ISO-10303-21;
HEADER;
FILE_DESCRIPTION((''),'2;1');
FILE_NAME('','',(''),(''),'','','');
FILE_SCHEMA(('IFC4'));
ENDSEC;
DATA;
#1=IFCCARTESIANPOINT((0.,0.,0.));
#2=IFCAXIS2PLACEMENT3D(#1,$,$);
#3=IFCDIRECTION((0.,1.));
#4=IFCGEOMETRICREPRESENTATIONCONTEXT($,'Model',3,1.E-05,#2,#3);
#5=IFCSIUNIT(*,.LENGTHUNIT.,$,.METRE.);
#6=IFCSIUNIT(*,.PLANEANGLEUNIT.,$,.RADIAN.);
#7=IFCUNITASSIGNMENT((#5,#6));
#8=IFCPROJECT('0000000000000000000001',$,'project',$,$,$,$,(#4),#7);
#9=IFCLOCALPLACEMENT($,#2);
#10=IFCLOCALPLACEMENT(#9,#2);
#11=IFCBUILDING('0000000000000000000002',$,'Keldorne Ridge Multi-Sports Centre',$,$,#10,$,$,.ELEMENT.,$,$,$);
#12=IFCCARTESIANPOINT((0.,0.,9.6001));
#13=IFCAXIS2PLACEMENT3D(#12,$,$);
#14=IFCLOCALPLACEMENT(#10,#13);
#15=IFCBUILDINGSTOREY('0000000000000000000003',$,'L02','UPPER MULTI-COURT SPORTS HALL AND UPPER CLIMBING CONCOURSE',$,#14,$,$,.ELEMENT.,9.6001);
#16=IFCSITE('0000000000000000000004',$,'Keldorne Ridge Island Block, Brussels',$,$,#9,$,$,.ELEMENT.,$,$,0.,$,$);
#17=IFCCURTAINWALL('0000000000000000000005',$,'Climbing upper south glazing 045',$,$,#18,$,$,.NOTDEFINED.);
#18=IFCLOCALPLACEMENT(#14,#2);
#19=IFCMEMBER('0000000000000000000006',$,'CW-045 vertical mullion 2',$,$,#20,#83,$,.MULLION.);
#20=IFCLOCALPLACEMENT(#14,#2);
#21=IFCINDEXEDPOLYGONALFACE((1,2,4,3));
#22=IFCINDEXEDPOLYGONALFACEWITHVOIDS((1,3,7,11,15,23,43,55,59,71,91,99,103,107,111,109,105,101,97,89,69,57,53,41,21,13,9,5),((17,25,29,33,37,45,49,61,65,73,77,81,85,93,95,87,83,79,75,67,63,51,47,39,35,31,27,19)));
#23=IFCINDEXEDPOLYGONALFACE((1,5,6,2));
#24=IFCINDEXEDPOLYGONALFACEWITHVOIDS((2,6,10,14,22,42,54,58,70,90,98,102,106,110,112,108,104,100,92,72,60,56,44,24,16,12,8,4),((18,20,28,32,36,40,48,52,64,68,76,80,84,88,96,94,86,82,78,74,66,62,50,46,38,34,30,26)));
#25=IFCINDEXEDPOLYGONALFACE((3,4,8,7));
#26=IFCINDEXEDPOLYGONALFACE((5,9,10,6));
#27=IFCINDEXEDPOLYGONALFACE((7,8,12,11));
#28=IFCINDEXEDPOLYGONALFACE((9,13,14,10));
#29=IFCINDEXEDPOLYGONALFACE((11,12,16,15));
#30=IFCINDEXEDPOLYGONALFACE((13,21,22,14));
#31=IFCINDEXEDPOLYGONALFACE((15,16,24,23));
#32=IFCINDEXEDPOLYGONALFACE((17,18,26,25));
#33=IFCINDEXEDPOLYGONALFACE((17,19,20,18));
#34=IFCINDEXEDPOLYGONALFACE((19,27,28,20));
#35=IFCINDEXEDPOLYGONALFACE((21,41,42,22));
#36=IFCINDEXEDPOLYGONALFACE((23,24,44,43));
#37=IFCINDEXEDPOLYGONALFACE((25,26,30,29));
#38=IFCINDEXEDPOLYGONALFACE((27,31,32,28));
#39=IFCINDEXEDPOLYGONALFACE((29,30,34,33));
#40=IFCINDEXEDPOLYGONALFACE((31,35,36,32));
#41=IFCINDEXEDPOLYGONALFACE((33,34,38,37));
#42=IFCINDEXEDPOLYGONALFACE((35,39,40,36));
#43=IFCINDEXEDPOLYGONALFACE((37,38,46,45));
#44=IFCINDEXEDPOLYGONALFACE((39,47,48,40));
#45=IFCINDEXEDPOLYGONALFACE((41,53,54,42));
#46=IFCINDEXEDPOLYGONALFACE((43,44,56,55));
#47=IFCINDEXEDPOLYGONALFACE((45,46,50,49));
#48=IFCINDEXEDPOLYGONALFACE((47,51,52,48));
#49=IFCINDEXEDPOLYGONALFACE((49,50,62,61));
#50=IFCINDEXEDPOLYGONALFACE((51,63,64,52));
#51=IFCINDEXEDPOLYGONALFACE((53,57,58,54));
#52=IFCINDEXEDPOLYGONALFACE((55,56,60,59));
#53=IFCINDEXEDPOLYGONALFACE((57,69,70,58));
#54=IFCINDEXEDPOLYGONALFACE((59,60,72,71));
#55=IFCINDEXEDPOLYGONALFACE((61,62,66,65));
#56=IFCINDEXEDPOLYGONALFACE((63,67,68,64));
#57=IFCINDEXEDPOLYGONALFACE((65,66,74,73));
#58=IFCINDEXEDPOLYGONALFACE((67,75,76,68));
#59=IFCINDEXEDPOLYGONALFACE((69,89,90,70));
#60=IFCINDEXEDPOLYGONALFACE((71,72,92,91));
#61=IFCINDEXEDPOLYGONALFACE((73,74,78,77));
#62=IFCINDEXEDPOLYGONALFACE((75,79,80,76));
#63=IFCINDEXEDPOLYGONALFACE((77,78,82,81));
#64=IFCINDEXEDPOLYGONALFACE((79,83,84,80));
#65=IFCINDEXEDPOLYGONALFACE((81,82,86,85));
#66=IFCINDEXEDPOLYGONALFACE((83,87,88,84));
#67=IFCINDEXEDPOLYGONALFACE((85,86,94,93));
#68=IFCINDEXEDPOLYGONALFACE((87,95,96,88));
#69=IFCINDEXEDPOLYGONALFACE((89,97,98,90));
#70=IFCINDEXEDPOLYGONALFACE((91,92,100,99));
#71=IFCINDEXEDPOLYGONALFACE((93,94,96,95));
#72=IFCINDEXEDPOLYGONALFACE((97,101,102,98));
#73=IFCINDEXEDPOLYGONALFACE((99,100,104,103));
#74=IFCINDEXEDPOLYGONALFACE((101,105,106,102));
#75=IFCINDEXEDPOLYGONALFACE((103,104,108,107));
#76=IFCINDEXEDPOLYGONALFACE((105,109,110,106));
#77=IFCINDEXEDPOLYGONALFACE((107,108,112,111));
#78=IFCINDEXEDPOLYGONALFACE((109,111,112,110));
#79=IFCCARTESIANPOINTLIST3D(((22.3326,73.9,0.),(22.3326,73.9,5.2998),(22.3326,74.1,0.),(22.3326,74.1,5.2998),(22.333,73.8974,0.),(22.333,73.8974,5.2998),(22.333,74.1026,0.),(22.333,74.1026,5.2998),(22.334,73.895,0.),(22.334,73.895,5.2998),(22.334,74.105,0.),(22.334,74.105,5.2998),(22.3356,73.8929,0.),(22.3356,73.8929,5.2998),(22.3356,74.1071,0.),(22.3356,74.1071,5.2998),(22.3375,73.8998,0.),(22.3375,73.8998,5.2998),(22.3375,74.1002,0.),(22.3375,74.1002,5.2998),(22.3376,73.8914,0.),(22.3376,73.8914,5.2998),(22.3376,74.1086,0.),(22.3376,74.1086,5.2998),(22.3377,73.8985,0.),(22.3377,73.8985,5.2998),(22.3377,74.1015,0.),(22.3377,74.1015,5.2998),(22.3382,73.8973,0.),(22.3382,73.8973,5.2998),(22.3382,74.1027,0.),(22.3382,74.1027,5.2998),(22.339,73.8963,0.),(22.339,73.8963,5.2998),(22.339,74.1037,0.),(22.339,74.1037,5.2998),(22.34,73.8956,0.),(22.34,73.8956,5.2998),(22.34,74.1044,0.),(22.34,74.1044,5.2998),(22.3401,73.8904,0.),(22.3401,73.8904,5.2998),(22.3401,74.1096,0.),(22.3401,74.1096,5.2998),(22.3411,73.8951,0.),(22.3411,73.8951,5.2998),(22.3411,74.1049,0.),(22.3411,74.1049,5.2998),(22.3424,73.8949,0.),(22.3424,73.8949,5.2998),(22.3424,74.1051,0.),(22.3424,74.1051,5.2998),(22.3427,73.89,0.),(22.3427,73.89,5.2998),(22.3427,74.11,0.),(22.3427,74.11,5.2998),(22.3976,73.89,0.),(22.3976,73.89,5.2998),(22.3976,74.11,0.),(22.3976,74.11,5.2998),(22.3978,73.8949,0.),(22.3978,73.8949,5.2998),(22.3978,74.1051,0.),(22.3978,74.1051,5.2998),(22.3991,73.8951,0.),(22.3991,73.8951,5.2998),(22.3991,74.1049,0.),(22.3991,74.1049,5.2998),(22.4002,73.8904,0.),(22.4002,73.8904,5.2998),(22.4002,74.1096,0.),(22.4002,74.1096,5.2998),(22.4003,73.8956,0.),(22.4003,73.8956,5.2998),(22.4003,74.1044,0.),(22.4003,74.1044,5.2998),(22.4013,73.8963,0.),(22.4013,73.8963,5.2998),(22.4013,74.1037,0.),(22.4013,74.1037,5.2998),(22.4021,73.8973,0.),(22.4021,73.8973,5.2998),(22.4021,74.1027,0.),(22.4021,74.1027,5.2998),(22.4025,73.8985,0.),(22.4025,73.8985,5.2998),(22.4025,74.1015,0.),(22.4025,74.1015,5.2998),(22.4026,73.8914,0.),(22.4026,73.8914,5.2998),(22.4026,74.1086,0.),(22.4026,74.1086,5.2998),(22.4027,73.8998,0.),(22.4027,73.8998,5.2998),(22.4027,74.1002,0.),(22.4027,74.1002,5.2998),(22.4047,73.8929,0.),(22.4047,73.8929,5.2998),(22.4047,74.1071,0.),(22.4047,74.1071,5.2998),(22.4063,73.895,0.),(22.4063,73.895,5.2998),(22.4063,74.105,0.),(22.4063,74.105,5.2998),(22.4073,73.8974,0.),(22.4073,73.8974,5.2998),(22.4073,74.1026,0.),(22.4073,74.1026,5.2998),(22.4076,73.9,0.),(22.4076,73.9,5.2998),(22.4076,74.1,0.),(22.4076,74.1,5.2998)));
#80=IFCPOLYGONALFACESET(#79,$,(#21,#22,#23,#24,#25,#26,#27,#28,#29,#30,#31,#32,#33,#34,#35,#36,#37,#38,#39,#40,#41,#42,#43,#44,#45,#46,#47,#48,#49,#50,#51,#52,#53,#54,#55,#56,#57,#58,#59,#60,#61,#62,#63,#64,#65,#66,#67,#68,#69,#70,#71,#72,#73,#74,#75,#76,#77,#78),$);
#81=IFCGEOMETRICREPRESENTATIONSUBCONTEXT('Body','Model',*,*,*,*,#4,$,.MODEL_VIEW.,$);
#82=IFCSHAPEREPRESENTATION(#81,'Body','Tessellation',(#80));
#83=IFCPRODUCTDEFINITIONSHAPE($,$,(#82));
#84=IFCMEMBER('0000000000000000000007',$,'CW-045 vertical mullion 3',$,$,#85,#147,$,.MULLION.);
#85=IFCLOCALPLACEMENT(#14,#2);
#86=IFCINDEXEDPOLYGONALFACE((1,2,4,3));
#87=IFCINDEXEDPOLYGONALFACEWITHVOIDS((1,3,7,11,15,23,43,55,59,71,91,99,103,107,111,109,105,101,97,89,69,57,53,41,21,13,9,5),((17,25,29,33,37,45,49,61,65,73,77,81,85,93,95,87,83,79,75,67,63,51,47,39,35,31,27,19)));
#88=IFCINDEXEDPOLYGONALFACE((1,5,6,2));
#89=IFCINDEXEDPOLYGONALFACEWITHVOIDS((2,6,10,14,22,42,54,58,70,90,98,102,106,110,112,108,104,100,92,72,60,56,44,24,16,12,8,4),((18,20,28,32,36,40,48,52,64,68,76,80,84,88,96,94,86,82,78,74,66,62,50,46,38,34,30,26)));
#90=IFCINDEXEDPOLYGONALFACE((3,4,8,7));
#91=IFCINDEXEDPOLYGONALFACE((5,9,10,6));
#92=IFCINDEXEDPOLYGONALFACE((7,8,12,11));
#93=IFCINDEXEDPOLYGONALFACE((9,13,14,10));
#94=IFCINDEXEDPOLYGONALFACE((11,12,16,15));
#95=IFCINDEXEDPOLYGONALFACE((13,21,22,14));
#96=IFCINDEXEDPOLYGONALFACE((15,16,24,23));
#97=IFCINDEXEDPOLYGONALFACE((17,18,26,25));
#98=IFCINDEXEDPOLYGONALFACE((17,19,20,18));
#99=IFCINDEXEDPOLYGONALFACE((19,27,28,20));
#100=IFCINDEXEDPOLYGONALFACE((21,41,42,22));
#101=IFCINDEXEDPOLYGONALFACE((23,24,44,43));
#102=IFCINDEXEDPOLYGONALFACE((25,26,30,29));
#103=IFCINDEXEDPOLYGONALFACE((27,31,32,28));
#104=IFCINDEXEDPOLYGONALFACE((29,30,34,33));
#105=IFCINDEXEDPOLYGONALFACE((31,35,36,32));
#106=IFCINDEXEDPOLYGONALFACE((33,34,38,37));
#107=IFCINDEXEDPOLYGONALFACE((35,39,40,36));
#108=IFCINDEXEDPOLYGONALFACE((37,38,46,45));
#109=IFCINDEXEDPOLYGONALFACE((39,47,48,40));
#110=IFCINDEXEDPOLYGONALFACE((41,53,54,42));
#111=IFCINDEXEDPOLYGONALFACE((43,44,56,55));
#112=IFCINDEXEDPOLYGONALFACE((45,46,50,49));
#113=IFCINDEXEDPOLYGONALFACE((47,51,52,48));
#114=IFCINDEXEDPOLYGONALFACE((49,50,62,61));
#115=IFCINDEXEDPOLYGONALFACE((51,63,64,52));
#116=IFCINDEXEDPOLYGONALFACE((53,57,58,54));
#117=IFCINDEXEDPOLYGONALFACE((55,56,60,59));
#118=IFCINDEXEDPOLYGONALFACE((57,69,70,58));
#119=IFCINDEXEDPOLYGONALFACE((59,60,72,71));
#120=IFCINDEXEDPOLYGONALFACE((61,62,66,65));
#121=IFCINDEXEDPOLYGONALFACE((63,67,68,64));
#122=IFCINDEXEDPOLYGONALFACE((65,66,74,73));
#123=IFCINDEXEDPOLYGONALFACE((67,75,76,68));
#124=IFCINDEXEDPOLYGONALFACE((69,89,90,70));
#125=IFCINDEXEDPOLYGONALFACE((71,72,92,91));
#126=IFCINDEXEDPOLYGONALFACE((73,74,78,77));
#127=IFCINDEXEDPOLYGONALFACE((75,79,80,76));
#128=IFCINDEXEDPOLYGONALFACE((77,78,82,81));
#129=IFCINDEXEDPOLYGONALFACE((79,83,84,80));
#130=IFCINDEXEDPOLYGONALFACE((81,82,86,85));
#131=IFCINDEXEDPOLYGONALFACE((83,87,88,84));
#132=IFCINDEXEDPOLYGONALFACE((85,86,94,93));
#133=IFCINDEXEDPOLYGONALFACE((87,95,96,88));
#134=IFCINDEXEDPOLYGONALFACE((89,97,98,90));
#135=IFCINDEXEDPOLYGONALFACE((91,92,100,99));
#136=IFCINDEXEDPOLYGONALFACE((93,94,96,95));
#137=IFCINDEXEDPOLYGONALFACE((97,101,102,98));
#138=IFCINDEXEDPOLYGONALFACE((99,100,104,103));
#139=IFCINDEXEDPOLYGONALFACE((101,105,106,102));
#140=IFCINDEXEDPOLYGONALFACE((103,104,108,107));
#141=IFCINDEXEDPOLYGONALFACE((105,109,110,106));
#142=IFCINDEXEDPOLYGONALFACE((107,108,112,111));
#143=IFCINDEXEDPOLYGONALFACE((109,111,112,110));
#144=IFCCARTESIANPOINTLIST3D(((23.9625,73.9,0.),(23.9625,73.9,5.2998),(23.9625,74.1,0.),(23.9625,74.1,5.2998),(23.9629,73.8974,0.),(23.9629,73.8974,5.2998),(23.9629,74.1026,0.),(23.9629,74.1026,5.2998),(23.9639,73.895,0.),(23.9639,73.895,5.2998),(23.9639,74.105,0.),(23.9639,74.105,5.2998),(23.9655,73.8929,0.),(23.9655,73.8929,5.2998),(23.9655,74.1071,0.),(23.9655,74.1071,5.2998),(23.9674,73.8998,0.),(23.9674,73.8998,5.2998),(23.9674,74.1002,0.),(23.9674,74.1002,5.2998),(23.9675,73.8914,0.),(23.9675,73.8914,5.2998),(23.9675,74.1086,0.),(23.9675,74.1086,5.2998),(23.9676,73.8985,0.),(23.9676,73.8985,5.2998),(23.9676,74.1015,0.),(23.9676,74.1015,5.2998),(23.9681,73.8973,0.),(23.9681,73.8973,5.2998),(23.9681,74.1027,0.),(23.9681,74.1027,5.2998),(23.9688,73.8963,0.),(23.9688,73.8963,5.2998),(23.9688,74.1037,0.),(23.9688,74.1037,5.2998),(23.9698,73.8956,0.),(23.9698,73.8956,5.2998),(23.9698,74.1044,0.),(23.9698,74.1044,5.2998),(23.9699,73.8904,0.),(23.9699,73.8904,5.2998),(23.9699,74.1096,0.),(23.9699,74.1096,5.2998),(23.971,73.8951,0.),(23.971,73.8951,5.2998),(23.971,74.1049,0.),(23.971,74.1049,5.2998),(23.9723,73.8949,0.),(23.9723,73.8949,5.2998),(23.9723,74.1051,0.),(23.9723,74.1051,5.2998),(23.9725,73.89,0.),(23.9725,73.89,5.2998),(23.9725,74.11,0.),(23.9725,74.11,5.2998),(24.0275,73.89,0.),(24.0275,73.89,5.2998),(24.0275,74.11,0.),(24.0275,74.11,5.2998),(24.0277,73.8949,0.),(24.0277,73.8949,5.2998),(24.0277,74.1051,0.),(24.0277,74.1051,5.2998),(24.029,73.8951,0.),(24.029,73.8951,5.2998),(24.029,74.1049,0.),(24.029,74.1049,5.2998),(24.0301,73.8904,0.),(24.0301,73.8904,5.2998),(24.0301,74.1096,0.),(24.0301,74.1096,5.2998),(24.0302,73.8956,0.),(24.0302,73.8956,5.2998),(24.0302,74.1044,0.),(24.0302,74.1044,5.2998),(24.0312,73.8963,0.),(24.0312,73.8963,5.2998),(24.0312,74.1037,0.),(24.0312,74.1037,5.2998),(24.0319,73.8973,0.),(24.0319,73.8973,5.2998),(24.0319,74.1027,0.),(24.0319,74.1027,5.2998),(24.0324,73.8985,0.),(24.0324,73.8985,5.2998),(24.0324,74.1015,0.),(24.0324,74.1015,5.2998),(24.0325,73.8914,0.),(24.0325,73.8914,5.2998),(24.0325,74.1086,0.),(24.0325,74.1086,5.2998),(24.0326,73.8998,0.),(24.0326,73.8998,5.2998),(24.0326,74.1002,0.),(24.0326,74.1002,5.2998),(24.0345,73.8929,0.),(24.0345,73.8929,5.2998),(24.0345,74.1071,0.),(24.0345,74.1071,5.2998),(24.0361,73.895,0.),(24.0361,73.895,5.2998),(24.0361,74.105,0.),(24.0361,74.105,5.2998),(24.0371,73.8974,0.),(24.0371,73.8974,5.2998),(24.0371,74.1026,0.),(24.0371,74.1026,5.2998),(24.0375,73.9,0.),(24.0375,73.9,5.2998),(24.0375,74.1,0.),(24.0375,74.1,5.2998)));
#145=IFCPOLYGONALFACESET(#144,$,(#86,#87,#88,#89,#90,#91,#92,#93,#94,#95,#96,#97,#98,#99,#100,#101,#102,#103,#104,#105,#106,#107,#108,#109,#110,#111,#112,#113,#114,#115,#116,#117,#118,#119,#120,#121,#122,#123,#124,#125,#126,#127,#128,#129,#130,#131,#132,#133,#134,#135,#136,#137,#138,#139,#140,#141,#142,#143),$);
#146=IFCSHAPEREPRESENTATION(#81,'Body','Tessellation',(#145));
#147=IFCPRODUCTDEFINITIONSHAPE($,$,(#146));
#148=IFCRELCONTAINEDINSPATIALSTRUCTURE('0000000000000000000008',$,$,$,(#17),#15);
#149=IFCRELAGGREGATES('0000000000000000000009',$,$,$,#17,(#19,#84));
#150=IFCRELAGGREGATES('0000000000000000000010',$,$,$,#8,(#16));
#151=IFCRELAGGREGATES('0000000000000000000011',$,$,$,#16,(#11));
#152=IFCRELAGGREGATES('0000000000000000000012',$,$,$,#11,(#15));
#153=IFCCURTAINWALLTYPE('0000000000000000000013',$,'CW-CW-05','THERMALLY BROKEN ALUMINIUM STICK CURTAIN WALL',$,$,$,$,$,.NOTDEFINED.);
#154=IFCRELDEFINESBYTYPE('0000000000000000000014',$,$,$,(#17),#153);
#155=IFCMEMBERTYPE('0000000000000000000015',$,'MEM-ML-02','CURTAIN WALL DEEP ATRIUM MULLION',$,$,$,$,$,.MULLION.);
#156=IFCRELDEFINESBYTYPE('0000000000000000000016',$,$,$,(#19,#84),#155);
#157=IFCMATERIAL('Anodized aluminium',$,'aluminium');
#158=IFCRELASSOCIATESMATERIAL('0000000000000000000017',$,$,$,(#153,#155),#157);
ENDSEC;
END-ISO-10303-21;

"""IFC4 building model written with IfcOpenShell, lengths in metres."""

from ifc_helpers import new_model, si_unit, direction, frame, origin, origin_2d, place, context, subcontext, project, spatial, hollow_rectangle, extrude, material, material_profile, profile_set, type_object, element, aggregate, save


model = new_model("IFC4")

# Units and contexts
model_context = context("Model", 3, precision=1e-05, world=origin(), true_north=direction((0.0, 1.0)))
body_context = subcontext(model_context, "Body", "Model", "MODEL_VIEW")
ifc_project = project(units=[si_unit("LENGTHUNIT", "METRE"), si_unit("PLANEANGLEUNIT", "RADIAN")], contexts=[model_context])

# Site, building, storey
site_placement = place(None, origin())
site = spatial("IfcSite", under=ifc_project, at=site_placement, Name="Keldorne Ridge Island Block, Brussels", CompositionType="ELEMENT", RefElevation=0.0)
building_placement = place(site_placement, origin())
building = spatial("IfcBuilding", under=site, at=building_placement, Name="Keldorne Ridge Multi-Sports Centre", CompositionType="ELEMENT")
storey_placement = place(building_placement, frame((0.0, 0.0, 9.6001)))
storey = spatial("IfcBuildingStorey", under=building, at=storey_placement, Name="L02", Description="UPPER MULTI-COURT SPORTS HALL AND UPPER CLIMBING CONCOURSE", CompositionType="ELEMENT", Elevation=9.6001)

# Curtain wall, members
ifc_material_1 = material(Name="Anodized aluminium", Category="aluminium")
curtain_wall_type = type_object("IfcCurtainWallType", Name="CW-CW-05", Description="THERMALLY BROKEN ALUMINIUM STICK CURTAIN WALL", PredefinedType="NOTDEFINED", material=ifc_material_1)
curtain_wall_placement = place(storey_placement, origin())
curtain_wall = element("IfcCurtainWall", 1, at=curtain_wall_placement, inside=storey, type_object=curtain_wall_type, Name="Climbing upper south glazing 045", PredefinedType="NOTDEFINED")
ifc_material_profile_1 = material_profile(ifc_material_1, hollow_rectangle(XDim=0.075, YDim=0.22, WallThickness=0.0049, InnerFilletRadius=0.0049, OuterFilletRadius=0.01, at=origin_2d()), Name="ALU MULLION 220x75x5")
ifc_profile_set_1 = profile_set([ifc_material_profile_1], Name="Anodized aluminium")
member_type_1 = type_object("IfcMemberType", Name="MEM-ML-02", Description="CURTAIN WALL DEEP ATRIUM MULLION", PredefinedType="MULLION", material=ifc_profile_set_1)
member_1_placement = place(storey_placement, frame((22.3701, 74.0, 0.0), z_axis=(0.0, 0.0, 1.0), x_axis=(1.0, 0.0, 0.0)))
member_1 = element("IfcMember", 2, at=member_1_placement, type_object=member_type_1, Name="CW-045 vertical mullion 2", PredefinedType="MULLION", context=body_context, shape_type="SweptSolid", body=[
    extrude(hollow_rectangle(XDim=0.075, YDim=0.22, WallThickness=0.0049, InnerFilletRadius=0.0049, OuterFilletRadius=0.01, at=origin_2d()), origin(), (0.0, 0.0, 1.0), 5.2998),
])
member_2_placement = place(storey_placement, frame((24.0, 74.0, 0.0), z_axis=(0.0, 0.0, 1.0), x_axis=(1.0, 0.0, 0.0)))
member_2 = element("IfcMember", 3, at=member_2_placement, type_object=member_type_1, Name="CW-045 vertical mullion 3", PredefinedType="MULLION", context=body_context, shape_type="SweptSolid", body=[
    extrude(hollow_rectangle(XDim=0.075, YDim=0.22, WallThickness=0.0049, InnerFilletRadius=0.0049, OuterFilletRadius=0.01, at=origin_2d()), origin(), (0.0, 0.0, 1.0), 5.2998),
])

aggregate(curtain_wall, [member_1, member_2])

save(model, "model.ifc")
